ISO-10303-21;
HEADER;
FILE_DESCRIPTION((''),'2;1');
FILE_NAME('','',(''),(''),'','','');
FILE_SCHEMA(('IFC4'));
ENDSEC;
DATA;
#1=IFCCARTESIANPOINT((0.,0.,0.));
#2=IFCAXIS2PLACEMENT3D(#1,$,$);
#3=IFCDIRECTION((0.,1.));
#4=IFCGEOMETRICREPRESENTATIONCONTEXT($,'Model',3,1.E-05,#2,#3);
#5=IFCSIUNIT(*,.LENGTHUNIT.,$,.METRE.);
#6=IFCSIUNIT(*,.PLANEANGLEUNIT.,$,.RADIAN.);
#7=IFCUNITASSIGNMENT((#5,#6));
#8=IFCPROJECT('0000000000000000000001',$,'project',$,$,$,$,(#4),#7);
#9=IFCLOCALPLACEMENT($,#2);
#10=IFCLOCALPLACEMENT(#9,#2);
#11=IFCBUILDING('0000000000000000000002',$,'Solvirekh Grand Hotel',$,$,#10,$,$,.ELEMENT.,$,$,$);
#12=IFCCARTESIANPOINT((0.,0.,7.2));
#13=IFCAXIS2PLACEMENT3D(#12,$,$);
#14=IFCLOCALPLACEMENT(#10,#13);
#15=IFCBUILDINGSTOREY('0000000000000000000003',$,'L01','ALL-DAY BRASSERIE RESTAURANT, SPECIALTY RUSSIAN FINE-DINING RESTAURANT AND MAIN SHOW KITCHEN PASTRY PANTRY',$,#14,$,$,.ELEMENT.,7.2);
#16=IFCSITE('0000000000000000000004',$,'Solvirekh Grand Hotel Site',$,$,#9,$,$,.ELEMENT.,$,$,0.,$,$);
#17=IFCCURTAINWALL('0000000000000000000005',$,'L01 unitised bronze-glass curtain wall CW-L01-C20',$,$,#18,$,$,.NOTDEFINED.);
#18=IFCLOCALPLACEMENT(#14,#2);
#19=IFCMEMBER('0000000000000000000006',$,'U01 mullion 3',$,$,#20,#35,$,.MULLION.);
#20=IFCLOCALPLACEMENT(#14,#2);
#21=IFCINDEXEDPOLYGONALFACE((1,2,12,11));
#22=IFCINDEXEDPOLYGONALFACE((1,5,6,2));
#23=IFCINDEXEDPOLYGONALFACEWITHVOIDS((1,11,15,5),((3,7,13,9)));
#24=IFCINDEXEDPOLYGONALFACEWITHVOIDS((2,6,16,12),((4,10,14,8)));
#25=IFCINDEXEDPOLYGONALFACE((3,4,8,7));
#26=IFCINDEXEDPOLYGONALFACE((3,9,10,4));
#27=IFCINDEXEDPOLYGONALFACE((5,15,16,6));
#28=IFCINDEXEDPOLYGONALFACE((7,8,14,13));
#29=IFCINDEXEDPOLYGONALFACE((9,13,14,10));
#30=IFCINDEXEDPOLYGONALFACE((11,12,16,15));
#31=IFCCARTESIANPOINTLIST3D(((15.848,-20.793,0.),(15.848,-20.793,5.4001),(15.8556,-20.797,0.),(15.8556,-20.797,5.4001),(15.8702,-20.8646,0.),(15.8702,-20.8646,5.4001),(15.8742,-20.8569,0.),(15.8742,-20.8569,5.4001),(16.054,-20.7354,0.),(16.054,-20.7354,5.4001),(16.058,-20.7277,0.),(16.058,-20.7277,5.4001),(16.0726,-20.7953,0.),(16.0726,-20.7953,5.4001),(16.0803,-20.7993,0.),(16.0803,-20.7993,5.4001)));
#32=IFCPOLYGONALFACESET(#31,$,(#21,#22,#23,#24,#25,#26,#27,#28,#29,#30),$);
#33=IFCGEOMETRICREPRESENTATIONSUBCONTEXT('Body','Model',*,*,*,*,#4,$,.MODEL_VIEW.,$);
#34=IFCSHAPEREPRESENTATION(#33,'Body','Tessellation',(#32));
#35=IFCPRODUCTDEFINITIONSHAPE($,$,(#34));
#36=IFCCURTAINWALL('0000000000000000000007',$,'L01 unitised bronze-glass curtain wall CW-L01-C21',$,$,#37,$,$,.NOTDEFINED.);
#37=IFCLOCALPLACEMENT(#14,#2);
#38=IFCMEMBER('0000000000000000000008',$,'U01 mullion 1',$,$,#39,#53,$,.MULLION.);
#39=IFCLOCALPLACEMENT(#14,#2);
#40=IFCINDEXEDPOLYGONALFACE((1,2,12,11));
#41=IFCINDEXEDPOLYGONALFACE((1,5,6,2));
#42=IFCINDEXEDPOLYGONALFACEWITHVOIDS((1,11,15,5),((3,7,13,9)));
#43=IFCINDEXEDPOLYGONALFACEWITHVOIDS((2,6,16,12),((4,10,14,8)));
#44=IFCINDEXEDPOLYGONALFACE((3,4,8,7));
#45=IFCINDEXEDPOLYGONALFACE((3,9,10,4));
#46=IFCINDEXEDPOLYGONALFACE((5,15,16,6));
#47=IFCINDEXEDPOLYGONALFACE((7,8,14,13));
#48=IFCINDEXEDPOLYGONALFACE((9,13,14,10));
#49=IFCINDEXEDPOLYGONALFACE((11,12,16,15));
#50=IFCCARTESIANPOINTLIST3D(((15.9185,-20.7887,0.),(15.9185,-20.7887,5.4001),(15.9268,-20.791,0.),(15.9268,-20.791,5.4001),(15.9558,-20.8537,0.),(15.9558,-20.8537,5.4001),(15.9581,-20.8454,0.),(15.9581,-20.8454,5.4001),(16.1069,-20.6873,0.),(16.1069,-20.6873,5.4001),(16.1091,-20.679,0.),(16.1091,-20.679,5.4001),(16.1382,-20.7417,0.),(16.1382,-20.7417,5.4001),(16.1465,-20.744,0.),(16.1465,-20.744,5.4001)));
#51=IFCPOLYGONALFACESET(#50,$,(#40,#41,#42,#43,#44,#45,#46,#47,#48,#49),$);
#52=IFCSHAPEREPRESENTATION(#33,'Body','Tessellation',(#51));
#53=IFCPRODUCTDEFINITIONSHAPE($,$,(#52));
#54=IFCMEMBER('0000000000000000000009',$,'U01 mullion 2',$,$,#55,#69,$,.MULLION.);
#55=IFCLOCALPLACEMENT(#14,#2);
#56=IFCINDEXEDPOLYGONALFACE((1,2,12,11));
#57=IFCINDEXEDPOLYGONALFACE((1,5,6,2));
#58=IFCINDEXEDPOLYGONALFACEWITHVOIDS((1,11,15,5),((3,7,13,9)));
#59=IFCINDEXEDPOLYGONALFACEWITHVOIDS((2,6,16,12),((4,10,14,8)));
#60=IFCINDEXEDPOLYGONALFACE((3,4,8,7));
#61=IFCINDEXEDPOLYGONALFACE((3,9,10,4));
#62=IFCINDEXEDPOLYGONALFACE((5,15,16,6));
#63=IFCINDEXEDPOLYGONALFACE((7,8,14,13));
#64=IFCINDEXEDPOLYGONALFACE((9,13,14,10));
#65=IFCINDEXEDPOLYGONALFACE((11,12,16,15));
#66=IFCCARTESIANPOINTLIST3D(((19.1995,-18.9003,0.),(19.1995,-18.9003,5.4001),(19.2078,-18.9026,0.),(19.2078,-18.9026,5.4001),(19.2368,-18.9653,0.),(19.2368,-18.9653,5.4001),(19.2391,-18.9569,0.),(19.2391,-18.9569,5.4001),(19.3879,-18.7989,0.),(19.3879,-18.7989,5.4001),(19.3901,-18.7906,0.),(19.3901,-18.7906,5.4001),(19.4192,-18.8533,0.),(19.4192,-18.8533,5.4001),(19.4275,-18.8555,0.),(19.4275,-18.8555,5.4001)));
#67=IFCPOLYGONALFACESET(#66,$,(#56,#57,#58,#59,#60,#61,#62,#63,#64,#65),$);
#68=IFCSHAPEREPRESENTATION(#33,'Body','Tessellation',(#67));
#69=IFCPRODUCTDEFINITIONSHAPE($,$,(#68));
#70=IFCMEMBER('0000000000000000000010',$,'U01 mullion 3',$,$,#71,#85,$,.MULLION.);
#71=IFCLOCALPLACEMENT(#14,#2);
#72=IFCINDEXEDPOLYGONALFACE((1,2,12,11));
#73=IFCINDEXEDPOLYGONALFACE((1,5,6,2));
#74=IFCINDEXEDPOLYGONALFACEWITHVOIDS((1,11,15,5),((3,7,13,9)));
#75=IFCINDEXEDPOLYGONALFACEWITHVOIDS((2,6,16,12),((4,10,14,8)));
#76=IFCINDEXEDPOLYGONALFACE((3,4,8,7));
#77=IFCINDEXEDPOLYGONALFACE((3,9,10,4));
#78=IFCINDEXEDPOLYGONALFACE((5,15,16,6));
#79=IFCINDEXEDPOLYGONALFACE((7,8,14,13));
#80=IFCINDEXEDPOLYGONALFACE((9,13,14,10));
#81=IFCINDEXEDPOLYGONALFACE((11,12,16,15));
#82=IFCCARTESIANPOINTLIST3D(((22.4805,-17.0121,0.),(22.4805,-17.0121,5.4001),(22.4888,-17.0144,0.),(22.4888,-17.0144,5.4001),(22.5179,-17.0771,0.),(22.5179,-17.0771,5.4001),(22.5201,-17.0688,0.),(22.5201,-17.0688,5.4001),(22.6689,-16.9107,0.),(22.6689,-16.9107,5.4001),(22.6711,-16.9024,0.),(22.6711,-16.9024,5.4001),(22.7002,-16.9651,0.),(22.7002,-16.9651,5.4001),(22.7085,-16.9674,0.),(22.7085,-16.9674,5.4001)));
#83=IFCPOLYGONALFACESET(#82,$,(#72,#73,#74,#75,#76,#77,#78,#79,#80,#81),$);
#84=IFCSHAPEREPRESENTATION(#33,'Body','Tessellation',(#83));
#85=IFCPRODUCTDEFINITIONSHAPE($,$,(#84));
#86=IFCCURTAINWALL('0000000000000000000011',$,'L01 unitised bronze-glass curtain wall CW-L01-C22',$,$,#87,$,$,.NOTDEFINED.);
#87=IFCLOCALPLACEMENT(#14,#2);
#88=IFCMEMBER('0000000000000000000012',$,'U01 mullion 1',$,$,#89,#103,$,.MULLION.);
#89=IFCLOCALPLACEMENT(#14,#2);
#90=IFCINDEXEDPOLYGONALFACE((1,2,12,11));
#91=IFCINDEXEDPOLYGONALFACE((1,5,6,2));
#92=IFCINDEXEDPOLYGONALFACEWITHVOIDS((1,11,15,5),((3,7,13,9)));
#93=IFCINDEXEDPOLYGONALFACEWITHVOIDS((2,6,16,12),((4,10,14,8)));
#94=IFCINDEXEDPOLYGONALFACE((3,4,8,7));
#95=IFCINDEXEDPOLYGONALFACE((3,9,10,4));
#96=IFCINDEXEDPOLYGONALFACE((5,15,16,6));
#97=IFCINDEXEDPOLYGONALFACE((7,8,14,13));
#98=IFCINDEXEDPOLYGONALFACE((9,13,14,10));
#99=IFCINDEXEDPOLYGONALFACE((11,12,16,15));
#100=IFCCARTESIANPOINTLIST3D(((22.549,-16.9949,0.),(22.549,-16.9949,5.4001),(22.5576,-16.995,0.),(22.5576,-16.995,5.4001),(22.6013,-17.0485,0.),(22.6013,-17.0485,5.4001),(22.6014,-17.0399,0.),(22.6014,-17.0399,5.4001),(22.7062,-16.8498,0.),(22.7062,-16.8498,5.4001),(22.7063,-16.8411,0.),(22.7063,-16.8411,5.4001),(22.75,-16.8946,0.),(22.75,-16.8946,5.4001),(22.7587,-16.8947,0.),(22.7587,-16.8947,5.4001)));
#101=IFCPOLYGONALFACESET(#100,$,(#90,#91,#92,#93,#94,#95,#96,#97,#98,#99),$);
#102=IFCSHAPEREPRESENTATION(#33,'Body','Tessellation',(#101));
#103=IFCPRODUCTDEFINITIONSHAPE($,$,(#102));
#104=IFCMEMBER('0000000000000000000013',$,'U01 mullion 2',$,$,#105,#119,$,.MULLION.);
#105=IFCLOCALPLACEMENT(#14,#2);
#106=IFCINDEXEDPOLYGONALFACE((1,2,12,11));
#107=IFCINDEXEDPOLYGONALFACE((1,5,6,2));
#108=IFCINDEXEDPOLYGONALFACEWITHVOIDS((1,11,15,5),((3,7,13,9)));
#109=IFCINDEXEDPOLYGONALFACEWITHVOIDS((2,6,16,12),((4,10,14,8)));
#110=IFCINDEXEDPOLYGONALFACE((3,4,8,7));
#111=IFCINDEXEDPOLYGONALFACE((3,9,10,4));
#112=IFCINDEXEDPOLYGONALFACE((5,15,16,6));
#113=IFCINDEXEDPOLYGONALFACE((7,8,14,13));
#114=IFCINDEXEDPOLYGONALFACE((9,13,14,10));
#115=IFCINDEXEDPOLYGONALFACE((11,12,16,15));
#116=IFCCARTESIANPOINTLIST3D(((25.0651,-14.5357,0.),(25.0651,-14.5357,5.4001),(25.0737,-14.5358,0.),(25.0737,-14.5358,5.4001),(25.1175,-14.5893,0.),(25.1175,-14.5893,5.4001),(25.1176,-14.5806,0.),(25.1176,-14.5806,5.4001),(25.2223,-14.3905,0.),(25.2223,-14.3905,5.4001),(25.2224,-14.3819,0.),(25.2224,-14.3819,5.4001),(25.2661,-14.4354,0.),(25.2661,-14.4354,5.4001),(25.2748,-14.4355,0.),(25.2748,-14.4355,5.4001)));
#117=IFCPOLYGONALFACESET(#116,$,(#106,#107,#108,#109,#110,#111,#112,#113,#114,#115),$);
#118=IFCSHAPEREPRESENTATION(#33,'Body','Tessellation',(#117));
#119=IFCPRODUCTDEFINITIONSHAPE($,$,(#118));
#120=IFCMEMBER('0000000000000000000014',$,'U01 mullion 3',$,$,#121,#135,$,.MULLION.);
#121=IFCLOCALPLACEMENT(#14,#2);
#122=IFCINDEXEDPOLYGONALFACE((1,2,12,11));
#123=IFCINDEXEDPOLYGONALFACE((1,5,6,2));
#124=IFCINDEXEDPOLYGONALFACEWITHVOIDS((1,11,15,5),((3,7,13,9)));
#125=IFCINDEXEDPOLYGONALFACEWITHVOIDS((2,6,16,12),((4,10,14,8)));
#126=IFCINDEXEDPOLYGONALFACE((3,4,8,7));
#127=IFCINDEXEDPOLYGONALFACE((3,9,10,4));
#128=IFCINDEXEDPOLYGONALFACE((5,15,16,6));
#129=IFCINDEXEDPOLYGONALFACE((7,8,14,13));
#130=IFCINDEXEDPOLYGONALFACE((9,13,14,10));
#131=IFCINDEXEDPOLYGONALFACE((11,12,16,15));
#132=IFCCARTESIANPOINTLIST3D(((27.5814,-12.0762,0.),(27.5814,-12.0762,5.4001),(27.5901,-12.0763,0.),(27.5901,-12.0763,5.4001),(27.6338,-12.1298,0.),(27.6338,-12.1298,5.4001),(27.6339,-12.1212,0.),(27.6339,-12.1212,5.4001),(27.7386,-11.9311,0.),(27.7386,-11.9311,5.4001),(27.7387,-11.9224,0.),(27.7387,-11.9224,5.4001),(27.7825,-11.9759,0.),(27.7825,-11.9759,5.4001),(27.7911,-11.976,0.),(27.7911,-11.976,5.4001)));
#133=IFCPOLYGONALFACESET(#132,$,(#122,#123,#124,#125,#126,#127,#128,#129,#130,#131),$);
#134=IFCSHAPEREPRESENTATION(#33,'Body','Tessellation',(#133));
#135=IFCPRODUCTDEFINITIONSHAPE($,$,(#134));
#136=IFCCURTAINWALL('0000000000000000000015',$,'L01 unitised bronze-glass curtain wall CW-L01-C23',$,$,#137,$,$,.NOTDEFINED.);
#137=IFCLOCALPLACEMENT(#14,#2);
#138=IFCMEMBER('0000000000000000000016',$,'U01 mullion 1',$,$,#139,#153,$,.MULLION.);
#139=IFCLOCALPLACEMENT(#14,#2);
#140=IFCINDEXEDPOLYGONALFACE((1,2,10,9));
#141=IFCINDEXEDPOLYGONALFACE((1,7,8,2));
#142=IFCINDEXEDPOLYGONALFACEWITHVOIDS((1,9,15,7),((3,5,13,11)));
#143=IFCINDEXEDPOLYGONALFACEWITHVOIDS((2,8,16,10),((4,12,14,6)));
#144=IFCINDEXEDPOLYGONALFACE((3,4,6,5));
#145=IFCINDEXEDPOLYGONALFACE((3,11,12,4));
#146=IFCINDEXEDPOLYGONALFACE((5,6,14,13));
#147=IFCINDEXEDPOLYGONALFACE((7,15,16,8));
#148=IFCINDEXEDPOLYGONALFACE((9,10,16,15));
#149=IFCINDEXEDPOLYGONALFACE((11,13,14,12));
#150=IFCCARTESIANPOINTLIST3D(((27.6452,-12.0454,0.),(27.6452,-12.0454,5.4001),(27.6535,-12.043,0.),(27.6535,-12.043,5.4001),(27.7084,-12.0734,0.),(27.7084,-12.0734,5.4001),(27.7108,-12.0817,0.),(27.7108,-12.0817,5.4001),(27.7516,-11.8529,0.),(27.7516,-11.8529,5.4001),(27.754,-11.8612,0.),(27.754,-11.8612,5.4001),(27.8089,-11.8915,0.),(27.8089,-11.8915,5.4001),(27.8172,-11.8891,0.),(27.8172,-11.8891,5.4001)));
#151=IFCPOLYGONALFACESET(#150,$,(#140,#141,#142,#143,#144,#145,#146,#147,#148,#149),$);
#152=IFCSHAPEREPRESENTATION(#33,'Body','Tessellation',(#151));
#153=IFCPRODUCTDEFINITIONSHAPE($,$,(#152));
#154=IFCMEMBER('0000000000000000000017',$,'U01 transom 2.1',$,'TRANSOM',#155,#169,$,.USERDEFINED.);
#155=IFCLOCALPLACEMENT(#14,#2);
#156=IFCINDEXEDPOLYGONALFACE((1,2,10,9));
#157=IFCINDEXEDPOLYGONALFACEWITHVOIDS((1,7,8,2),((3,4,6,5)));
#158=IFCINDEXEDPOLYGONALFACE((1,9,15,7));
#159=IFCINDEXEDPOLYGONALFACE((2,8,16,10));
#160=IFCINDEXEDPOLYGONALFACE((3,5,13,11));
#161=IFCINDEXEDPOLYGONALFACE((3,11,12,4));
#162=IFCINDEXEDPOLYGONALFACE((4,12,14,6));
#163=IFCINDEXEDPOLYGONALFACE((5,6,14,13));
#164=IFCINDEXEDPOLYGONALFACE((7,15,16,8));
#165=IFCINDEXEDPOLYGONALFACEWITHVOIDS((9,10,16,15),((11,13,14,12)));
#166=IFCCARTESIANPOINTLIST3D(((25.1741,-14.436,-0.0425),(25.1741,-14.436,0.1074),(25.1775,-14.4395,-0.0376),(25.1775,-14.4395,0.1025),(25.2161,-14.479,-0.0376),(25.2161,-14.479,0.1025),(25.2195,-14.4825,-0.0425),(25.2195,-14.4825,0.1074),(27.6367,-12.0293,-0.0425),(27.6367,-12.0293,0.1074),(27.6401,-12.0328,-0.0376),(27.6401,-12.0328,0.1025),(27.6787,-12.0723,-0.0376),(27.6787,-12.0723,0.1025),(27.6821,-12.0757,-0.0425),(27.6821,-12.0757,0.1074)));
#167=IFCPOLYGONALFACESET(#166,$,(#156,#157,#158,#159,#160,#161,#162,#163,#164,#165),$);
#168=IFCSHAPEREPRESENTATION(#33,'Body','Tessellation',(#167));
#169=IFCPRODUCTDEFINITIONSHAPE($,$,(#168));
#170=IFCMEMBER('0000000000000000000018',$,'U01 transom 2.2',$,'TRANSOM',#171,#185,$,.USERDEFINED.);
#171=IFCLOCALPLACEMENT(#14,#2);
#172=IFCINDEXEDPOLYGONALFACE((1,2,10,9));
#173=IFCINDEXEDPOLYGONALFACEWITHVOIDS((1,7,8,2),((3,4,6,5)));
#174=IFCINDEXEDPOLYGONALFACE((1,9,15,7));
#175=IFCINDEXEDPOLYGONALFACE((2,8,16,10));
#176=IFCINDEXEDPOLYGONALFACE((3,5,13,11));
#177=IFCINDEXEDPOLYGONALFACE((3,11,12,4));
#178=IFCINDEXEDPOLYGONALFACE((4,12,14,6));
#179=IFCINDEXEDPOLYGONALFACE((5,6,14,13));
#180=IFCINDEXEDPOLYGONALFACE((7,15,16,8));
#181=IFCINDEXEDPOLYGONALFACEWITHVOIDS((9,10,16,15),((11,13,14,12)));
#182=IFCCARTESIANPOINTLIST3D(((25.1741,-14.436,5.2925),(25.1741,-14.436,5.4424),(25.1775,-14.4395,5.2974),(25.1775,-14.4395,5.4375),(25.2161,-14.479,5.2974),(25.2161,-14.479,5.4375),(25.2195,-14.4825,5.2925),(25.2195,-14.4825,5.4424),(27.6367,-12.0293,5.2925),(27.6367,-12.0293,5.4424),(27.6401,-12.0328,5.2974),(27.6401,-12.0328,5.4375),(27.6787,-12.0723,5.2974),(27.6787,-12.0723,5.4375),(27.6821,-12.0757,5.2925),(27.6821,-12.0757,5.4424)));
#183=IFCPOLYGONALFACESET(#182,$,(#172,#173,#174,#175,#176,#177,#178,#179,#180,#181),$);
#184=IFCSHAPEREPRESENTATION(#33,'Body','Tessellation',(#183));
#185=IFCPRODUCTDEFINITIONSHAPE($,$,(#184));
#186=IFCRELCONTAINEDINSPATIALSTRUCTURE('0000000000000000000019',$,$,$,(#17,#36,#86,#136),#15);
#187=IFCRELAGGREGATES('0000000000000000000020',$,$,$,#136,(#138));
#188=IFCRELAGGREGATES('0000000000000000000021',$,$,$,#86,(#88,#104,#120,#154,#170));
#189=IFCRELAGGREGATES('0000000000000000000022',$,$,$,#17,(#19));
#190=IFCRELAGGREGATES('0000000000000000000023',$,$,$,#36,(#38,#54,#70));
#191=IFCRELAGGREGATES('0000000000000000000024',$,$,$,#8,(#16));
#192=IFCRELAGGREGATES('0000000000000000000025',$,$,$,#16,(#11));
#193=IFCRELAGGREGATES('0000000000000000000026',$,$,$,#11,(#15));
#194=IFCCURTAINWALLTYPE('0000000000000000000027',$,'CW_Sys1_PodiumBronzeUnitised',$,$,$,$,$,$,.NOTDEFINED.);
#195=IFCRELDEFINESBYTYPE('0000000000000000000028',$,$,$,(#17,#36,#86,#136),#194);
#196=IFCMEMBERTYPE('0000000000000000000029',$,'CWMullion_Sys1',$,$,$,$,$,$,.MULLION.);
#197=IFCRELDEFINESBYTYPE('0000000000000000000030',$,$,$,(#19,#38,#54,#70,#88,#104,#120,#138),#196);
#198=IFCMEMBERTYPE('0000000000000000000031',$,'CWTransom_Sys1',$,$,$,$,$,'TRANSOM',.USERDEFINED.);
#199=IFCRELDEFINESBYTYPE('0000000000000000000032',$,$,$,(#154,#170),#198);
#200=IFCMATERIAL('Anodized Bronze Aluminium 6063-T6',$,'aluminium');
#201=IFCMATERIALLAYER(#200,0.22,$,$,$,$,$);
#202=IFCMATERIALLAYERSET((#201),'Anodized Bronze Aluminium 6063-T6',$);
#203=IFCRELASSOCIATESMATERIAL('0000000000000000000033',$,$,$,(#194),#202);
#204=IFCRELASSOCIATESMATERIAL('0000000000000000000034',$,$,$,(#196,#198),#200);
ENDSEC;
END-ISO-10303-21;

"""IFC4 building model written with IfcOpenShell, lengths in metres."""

from ifc_helpers import new_model, si_unit, direction, frame, origin, origin_2d, place, context, subcontext, project, spatial, hollow_rectangle, extrude, source, transform, mapped, material, layer, layer_set, material_profile, profile_set, type_object, element, aggregate, save


model = new_model("IFC4")

# Units and contexts
model_context = context("Model", 3, precision=1e-05, world=origin(), true_north=direction((0.0, 1.0)))
body_context = subcontext(model_context, "Body", "Model", "MODEL_VIEW")
ifc_project = project(units=[si_unit("LENGTHUNIT", "METRE"), si_unit("PLANEANGLEUNIT", "RADIAN")], contexts=[model_context])

# Site, building, storey
site_placement = place(None, origin())
site = spatial("IfcSite", under=ifc_project, at=site_placement, Name="Solvirekh Grand Hotel Site", CompositionType="ELEMENT", RefElevation=0.0)
building_placement = place(site_placement, origin())
building = spatial("IfcBuilding", under=site, at=building_placement, Name="Solvirekh Grand Hotel", CompositionType="ELEMENT")
storey_placement = place(building_placement, frame((0.0, 0.0, 7.2)))
storey = spatial("IfcBuildingStorey", under=building, at=storey_placement, Name="L01", Description="ALL-DAY BRASSERIE RESTAURANT, SPECIALTY RUSSIAN FINE-DINING RESTAURANT AND MAIN SHOW KITCHEN PASTRY PANTRY", CompositionType="ELEMENT", Elevation=7.2)

# Curtain wall, member
ifc_material_1 = material(Name="Anodized Bronze Aluminium 6063-T6", Category="aluminium")
ifc_layer_1 = layer(ifc_material_1, 0.22)
ifc_layer_set_1 = layer_set([ifc_layer_1], Name="Anodized Bronze Aluminium 6063-T6")
curtain_wall_type = type_object("IfcCurtainWallType", Name="CW_Sys1_PodiumBronzeUnitised", PredefinedType="NOTDEFINED", material=ifc_layer_set_1)
curtain_wall_1_placement = place(storey_placement, origin())
curtain_wall_1 = element("IfcCurtainWall", 1, at=curtain_wall_1_placement, inside=storey, type_object=curtain_wall_type, Name="L01 unitised bronze-glass curtain wall CW-L01-C20", PredefinedType="NOTDEFINED")
ifc_material_profile_1 = material_profile(ifc_material_1, hollow_rectangle(XDim=0.075, YDim=0.22, WallThickness=0.0061, at=origin_2d()), Name="ALU RHS 220X75X6")
ifc_profile_set_1 = profile_set([ifc_material_profile_1], Name="Anodized Bronze Aluminium 6063-T6")
member_type_1 = type_object("IfcMemberType", Name="CWMullion_Sys1", PredefinedType="MULLION", material=ifc_profile_set_1)
shared_shape_1 = source(origin(), body_context, "Body", "SweptSolid", [
    extrude(hollow_rectangle(XDim=0.075, YDim=0.22, WallThickness=0.0061, at=origin_2d()), origin(), (0.0, 0.0, 1.0), 5.4001),
])
member_1_placement = place(storey_placement, frame((15.9641, -20.7961, 0.0), z_axis=(0.0, 0.0, 1.0), x_axis=(-0.296598, 0.955003, 0.0)))
member_1 = element("IfcMember", 2, at=member_1_placement, type_object=member_type_1, Name="U01 mullion 3", PredefinedType="MULLION", context=body_context, shape_type="MappedRepresentation", body=[
    mapped(shared_shape_1, transform((0.0, 0.0, 0.0), x_axis=(1.0, 0.0, 0.0), y_axis=(0.0, 1.0, 0.0), z_axis=(0.0, 0.0, 1.0), scale=1.0)),
])

# Curtain walls, members
curtain_wall_2_placement = place(storey_placement, origin())
curtain_wall_2 = element("IfcCurtainWall", 3, at=curtain_wall_2_placement, inside=storey, type_object=curtain_wall_type, Name="L01 unitised bronze-glass curtain wall CW-L01-C21", PredefinedType="NOTDEFINED")
member_2_placement = place(storey_placement, frame((16.0325, -20.7664, 0.0), z_axis=(0.0, 0.0, 1.0), x_axis=(-0.498813, 0.86671, 0.0)))
member_2 = element("IfcMember", 4, at=member_2_placement, type_object=member_type_1, Name="U01 mullion 1", PredefinedType="MULLION", context=body_context, shape_type="MappedRepresentation", body=[
    mapped(shared_shape_1, transform((0.0, 0.0, 0.0), x_axis=(1.0, 0.0, 0.0), y_axis=(0.0, 1.0, 0.0), z_axis=(0.0, 0.0, 1.0), scale=1.0)),
])
member_3_placement = place(storey_placement, frame((19.3135, -18.8779, 0.0), z_axis=(0.0, 0.0, 1.0), x_axis=(-0.498813, 0.86671, 0.0)))
member_3 = element("IfcMember", 5, at=member_3_placement, type_object=member_type_1, Name="U01 mullion 2", PredefinedType="MULLION", context=body_context, shape_type="MappedRepresentation", body=[
    mapped(shared_shape_1, transform((0.0, 0.0, 0.0), x_axis=(1.0, 0.0, 0.0), y_axis=(0.0, 1.0, 0.0), z_axis=(0.0, 0.0, 1.0), scale=1.0)),
])
member_4_placement = place(storey_placement, frame((22.5945, -16.9897, 0.0), z_axis=(0.0, 0.0, 1.0), x_axis=(-0.498813, 0.86671, 0.0)))
member_4 = element("IfcMember", 6, at=member_4_placement, type_object=member_type_1, Name="U01 mullion 3", PredefinedType="MULLION", context=body_context, shape_type="MappedRepresentation", body=[
    mapped(shared_shape_1, transform((0.0, 0.0, 0.0), x_axis=(1.0, 0.0, 0.0), y_axis=(0.0, 1.0, 0.0), z_axis=(0.0, 0.0, 1.0), scale=1.0)),
])
curtain_wall_3_placement = place(storey_placement, origin())
curtain_wall_3 = element("IfcCurtainWall", 7, at=curtain_wall_3_placement, inside=storey, type_object=curtain_wall_type, Name="L01 unitised bronze-glass curtain wall CW-L01-C22", PredefinedType="NOTDEFINED")
member_5_placement = place(storey_placement, frame((22.6538, -16.9448, 0.0), z_axis=(0.0, 0.0, 1.0), x_axis=(-0.698975, 0.715146, 0.0)))
member_5 = element("IfcMember", 8, at=member_5_placement, type_object=member_type_1, Name="U01 mullion 1", PredefinedType="MULLION", context=body_context, shape_type="MappedRepresentation", body=[
    mapped(shared_shape_1, transform((0.0, 0.0, 0.0), x_axis=(1.0, 0.0, 0.0), y_axis=(0.0, 1.0, 0.0), z_axis=(0.0, 0.0, 1.0), scale=1.0)),
])
member_6_placement = place(storey_placement, frame((25.1699, -14.4856, 0.0), z_axis=(0.0, 0.0, 1.0), x_axis=(-0.698975, 0.715146, 0.0)))
member_6 = element("IfcMember", 9, at=member_6_placement, type_object=member_type_1, Name="U01 mullion 2", PredefinedType="MULLION", context=body_context, shape_type="MappedRepresentation", body=[
    mapped(shared_shape_1, transform((0.0, 0.0, 0.0), x_axis=(1.0, 0.0, 0.0), y_axis=(0.0, 1.0, 0.0), z_axis=(0.0, 0.0, 1.0), scale=1.0)),
])
member_7_placement = place(storey_placement, frame((27.6863, -12.0261, 0.0), z_axis=(0.0, 0.0, 1.0), x_axis=(-0.698975, 0.715146, 0.0)))
member_7 = element("IfcMember", 10, at=member_7_placement, type_object=member_type_1, Name="U01 mullion 3", PredefinedType="MULLION", context=body_context, shape_type="MappedRepresentation", body=[
    mapped(shared_shape_1, transform((0.0, 0.0, 0.0), x_axis=(1.0, 0.0, 0.0), y_axis=(0.0, 1.0, 0.0), z_axis=(0.0, 0.0, 1.0), scale=1.0)),
])

# Curtain wall, member
curtain_wall_4_placement = place(storey_placement, origin())
curtain_wall_4 = element("IfcCurtainWall", 11, at=curtain_wall_4_placement, inside=storey, type_object=curtain_wall_type, Name="L01 unitised bronze-glass curtain wall CW-L01-C23", PredefinedType="NOTDEFINED")
member_8_placement = place(storey_placement, frame((27.7312, -11.9673, 0.0), z_axis=(0.0, 0.0, 1.0), x_axis=(-0.875346, 0.483497, 0.0)))
member_8 = element("IfcMember", 12, at=member_8_placement, type_object=member_type_1, Name="U01 mullion 1", PredefinedType="MULLION", context=body_context, shape_type="MappedRepresentation", body=[
    mapped(shared_shape_1, transform((0.0, 0.0, 0.0), x_axis=(1.0, 0.0, 0.0), y_axis=(0.0, 1.0, 0.0), z_axis=(0.0, 0.0, 1.0), scale=1.0)),
])
aggregate(curtain_wall_4, [member_8])

# Members
ifc_material_profile_2 = material_profile(ifc_material_1, hollow_rectangle(XDim=0.0649, YDim=0.1499, WallThickness=0.0049, at=origin_2d()), Name="ALU RHS 150X65X5")
ifc_profile_set_2 = profile_set([ifc_material_profile_2], Name="Anodized Bronze Aluminium 6063-T6")
member_type_2 = type_object("IfcMemberType", Name="CWTransom_Sys1", ElementType="TRANSOM", PredefinedType="USERDEFINED", material=ifc_profile_set_2)
shared_shape_2 = source(origin(), body_context, "Body", "SweptSolid", [
    extrude(hollow_rectangle(XDim=0.0649, YDim=0.1499, WallThickness=0.0049, at=origin_2d()), origin(), (0.0, 0.0, 1.0), 3.4434),
])
member_9_placement = place(storey_placement, frame((25.1968, -14.4592, 0.0325), z_axis=(0.715178, 0.698942, 0.0), x_axis=(-0.698942, 0.715178, 0.0)))
member_9 = element("IfcMember", 13, at=member_9_placement, type_object=member_type_2, Name="U01 transom 2.1", ObjectType="TRANSOM", PredefinedType="USERDEFINED", context=body_context, shape_type="MappedRepresentation", body=[
    mapped(shared_shape_2, transform((0.0, 0.0, 0.0), x_axis=(1.0, 0.0, 0.0), y_axis=(0.0, 1.0, 0.0), z_axis=(0.0, 0.0, 1.0), scale=1.0)),
])
member_10_placement = place(storey_placement, frame((25.1968, -14.4592, 5.3674), z_axis=(0.715178, 0.698942, 0.0), x_axis=(-0.698942, 0.715178, 0.0)))
member_10 = element("IfcMember", 14, at=member_10_placement, type_object=member_type_2, Name="U01 transom 2.2", ObjectType="TRANSOM", PredefinedType="USERDEFINED", context=body_context, shape_type="MappedRepresentation", body=[
    mapped(shared_shape_2, transform((0.0, 0.0, 0.0), x_axis=(1.0, 0.0, 0.0), y_axis=(0.0, 1.0, 0.0), z_axis=(0.0, 0.0, 1.0), scale=1.0)),
])

aggregate(curtain_wall_3, [member_5, member_6, member_7, member_9, member_10])
aggregate(curtain_wall_1, [member_1])
aggregate(curtain_wall_2, [member_2, member_3, member_4])

save(model, "model.ifc")
